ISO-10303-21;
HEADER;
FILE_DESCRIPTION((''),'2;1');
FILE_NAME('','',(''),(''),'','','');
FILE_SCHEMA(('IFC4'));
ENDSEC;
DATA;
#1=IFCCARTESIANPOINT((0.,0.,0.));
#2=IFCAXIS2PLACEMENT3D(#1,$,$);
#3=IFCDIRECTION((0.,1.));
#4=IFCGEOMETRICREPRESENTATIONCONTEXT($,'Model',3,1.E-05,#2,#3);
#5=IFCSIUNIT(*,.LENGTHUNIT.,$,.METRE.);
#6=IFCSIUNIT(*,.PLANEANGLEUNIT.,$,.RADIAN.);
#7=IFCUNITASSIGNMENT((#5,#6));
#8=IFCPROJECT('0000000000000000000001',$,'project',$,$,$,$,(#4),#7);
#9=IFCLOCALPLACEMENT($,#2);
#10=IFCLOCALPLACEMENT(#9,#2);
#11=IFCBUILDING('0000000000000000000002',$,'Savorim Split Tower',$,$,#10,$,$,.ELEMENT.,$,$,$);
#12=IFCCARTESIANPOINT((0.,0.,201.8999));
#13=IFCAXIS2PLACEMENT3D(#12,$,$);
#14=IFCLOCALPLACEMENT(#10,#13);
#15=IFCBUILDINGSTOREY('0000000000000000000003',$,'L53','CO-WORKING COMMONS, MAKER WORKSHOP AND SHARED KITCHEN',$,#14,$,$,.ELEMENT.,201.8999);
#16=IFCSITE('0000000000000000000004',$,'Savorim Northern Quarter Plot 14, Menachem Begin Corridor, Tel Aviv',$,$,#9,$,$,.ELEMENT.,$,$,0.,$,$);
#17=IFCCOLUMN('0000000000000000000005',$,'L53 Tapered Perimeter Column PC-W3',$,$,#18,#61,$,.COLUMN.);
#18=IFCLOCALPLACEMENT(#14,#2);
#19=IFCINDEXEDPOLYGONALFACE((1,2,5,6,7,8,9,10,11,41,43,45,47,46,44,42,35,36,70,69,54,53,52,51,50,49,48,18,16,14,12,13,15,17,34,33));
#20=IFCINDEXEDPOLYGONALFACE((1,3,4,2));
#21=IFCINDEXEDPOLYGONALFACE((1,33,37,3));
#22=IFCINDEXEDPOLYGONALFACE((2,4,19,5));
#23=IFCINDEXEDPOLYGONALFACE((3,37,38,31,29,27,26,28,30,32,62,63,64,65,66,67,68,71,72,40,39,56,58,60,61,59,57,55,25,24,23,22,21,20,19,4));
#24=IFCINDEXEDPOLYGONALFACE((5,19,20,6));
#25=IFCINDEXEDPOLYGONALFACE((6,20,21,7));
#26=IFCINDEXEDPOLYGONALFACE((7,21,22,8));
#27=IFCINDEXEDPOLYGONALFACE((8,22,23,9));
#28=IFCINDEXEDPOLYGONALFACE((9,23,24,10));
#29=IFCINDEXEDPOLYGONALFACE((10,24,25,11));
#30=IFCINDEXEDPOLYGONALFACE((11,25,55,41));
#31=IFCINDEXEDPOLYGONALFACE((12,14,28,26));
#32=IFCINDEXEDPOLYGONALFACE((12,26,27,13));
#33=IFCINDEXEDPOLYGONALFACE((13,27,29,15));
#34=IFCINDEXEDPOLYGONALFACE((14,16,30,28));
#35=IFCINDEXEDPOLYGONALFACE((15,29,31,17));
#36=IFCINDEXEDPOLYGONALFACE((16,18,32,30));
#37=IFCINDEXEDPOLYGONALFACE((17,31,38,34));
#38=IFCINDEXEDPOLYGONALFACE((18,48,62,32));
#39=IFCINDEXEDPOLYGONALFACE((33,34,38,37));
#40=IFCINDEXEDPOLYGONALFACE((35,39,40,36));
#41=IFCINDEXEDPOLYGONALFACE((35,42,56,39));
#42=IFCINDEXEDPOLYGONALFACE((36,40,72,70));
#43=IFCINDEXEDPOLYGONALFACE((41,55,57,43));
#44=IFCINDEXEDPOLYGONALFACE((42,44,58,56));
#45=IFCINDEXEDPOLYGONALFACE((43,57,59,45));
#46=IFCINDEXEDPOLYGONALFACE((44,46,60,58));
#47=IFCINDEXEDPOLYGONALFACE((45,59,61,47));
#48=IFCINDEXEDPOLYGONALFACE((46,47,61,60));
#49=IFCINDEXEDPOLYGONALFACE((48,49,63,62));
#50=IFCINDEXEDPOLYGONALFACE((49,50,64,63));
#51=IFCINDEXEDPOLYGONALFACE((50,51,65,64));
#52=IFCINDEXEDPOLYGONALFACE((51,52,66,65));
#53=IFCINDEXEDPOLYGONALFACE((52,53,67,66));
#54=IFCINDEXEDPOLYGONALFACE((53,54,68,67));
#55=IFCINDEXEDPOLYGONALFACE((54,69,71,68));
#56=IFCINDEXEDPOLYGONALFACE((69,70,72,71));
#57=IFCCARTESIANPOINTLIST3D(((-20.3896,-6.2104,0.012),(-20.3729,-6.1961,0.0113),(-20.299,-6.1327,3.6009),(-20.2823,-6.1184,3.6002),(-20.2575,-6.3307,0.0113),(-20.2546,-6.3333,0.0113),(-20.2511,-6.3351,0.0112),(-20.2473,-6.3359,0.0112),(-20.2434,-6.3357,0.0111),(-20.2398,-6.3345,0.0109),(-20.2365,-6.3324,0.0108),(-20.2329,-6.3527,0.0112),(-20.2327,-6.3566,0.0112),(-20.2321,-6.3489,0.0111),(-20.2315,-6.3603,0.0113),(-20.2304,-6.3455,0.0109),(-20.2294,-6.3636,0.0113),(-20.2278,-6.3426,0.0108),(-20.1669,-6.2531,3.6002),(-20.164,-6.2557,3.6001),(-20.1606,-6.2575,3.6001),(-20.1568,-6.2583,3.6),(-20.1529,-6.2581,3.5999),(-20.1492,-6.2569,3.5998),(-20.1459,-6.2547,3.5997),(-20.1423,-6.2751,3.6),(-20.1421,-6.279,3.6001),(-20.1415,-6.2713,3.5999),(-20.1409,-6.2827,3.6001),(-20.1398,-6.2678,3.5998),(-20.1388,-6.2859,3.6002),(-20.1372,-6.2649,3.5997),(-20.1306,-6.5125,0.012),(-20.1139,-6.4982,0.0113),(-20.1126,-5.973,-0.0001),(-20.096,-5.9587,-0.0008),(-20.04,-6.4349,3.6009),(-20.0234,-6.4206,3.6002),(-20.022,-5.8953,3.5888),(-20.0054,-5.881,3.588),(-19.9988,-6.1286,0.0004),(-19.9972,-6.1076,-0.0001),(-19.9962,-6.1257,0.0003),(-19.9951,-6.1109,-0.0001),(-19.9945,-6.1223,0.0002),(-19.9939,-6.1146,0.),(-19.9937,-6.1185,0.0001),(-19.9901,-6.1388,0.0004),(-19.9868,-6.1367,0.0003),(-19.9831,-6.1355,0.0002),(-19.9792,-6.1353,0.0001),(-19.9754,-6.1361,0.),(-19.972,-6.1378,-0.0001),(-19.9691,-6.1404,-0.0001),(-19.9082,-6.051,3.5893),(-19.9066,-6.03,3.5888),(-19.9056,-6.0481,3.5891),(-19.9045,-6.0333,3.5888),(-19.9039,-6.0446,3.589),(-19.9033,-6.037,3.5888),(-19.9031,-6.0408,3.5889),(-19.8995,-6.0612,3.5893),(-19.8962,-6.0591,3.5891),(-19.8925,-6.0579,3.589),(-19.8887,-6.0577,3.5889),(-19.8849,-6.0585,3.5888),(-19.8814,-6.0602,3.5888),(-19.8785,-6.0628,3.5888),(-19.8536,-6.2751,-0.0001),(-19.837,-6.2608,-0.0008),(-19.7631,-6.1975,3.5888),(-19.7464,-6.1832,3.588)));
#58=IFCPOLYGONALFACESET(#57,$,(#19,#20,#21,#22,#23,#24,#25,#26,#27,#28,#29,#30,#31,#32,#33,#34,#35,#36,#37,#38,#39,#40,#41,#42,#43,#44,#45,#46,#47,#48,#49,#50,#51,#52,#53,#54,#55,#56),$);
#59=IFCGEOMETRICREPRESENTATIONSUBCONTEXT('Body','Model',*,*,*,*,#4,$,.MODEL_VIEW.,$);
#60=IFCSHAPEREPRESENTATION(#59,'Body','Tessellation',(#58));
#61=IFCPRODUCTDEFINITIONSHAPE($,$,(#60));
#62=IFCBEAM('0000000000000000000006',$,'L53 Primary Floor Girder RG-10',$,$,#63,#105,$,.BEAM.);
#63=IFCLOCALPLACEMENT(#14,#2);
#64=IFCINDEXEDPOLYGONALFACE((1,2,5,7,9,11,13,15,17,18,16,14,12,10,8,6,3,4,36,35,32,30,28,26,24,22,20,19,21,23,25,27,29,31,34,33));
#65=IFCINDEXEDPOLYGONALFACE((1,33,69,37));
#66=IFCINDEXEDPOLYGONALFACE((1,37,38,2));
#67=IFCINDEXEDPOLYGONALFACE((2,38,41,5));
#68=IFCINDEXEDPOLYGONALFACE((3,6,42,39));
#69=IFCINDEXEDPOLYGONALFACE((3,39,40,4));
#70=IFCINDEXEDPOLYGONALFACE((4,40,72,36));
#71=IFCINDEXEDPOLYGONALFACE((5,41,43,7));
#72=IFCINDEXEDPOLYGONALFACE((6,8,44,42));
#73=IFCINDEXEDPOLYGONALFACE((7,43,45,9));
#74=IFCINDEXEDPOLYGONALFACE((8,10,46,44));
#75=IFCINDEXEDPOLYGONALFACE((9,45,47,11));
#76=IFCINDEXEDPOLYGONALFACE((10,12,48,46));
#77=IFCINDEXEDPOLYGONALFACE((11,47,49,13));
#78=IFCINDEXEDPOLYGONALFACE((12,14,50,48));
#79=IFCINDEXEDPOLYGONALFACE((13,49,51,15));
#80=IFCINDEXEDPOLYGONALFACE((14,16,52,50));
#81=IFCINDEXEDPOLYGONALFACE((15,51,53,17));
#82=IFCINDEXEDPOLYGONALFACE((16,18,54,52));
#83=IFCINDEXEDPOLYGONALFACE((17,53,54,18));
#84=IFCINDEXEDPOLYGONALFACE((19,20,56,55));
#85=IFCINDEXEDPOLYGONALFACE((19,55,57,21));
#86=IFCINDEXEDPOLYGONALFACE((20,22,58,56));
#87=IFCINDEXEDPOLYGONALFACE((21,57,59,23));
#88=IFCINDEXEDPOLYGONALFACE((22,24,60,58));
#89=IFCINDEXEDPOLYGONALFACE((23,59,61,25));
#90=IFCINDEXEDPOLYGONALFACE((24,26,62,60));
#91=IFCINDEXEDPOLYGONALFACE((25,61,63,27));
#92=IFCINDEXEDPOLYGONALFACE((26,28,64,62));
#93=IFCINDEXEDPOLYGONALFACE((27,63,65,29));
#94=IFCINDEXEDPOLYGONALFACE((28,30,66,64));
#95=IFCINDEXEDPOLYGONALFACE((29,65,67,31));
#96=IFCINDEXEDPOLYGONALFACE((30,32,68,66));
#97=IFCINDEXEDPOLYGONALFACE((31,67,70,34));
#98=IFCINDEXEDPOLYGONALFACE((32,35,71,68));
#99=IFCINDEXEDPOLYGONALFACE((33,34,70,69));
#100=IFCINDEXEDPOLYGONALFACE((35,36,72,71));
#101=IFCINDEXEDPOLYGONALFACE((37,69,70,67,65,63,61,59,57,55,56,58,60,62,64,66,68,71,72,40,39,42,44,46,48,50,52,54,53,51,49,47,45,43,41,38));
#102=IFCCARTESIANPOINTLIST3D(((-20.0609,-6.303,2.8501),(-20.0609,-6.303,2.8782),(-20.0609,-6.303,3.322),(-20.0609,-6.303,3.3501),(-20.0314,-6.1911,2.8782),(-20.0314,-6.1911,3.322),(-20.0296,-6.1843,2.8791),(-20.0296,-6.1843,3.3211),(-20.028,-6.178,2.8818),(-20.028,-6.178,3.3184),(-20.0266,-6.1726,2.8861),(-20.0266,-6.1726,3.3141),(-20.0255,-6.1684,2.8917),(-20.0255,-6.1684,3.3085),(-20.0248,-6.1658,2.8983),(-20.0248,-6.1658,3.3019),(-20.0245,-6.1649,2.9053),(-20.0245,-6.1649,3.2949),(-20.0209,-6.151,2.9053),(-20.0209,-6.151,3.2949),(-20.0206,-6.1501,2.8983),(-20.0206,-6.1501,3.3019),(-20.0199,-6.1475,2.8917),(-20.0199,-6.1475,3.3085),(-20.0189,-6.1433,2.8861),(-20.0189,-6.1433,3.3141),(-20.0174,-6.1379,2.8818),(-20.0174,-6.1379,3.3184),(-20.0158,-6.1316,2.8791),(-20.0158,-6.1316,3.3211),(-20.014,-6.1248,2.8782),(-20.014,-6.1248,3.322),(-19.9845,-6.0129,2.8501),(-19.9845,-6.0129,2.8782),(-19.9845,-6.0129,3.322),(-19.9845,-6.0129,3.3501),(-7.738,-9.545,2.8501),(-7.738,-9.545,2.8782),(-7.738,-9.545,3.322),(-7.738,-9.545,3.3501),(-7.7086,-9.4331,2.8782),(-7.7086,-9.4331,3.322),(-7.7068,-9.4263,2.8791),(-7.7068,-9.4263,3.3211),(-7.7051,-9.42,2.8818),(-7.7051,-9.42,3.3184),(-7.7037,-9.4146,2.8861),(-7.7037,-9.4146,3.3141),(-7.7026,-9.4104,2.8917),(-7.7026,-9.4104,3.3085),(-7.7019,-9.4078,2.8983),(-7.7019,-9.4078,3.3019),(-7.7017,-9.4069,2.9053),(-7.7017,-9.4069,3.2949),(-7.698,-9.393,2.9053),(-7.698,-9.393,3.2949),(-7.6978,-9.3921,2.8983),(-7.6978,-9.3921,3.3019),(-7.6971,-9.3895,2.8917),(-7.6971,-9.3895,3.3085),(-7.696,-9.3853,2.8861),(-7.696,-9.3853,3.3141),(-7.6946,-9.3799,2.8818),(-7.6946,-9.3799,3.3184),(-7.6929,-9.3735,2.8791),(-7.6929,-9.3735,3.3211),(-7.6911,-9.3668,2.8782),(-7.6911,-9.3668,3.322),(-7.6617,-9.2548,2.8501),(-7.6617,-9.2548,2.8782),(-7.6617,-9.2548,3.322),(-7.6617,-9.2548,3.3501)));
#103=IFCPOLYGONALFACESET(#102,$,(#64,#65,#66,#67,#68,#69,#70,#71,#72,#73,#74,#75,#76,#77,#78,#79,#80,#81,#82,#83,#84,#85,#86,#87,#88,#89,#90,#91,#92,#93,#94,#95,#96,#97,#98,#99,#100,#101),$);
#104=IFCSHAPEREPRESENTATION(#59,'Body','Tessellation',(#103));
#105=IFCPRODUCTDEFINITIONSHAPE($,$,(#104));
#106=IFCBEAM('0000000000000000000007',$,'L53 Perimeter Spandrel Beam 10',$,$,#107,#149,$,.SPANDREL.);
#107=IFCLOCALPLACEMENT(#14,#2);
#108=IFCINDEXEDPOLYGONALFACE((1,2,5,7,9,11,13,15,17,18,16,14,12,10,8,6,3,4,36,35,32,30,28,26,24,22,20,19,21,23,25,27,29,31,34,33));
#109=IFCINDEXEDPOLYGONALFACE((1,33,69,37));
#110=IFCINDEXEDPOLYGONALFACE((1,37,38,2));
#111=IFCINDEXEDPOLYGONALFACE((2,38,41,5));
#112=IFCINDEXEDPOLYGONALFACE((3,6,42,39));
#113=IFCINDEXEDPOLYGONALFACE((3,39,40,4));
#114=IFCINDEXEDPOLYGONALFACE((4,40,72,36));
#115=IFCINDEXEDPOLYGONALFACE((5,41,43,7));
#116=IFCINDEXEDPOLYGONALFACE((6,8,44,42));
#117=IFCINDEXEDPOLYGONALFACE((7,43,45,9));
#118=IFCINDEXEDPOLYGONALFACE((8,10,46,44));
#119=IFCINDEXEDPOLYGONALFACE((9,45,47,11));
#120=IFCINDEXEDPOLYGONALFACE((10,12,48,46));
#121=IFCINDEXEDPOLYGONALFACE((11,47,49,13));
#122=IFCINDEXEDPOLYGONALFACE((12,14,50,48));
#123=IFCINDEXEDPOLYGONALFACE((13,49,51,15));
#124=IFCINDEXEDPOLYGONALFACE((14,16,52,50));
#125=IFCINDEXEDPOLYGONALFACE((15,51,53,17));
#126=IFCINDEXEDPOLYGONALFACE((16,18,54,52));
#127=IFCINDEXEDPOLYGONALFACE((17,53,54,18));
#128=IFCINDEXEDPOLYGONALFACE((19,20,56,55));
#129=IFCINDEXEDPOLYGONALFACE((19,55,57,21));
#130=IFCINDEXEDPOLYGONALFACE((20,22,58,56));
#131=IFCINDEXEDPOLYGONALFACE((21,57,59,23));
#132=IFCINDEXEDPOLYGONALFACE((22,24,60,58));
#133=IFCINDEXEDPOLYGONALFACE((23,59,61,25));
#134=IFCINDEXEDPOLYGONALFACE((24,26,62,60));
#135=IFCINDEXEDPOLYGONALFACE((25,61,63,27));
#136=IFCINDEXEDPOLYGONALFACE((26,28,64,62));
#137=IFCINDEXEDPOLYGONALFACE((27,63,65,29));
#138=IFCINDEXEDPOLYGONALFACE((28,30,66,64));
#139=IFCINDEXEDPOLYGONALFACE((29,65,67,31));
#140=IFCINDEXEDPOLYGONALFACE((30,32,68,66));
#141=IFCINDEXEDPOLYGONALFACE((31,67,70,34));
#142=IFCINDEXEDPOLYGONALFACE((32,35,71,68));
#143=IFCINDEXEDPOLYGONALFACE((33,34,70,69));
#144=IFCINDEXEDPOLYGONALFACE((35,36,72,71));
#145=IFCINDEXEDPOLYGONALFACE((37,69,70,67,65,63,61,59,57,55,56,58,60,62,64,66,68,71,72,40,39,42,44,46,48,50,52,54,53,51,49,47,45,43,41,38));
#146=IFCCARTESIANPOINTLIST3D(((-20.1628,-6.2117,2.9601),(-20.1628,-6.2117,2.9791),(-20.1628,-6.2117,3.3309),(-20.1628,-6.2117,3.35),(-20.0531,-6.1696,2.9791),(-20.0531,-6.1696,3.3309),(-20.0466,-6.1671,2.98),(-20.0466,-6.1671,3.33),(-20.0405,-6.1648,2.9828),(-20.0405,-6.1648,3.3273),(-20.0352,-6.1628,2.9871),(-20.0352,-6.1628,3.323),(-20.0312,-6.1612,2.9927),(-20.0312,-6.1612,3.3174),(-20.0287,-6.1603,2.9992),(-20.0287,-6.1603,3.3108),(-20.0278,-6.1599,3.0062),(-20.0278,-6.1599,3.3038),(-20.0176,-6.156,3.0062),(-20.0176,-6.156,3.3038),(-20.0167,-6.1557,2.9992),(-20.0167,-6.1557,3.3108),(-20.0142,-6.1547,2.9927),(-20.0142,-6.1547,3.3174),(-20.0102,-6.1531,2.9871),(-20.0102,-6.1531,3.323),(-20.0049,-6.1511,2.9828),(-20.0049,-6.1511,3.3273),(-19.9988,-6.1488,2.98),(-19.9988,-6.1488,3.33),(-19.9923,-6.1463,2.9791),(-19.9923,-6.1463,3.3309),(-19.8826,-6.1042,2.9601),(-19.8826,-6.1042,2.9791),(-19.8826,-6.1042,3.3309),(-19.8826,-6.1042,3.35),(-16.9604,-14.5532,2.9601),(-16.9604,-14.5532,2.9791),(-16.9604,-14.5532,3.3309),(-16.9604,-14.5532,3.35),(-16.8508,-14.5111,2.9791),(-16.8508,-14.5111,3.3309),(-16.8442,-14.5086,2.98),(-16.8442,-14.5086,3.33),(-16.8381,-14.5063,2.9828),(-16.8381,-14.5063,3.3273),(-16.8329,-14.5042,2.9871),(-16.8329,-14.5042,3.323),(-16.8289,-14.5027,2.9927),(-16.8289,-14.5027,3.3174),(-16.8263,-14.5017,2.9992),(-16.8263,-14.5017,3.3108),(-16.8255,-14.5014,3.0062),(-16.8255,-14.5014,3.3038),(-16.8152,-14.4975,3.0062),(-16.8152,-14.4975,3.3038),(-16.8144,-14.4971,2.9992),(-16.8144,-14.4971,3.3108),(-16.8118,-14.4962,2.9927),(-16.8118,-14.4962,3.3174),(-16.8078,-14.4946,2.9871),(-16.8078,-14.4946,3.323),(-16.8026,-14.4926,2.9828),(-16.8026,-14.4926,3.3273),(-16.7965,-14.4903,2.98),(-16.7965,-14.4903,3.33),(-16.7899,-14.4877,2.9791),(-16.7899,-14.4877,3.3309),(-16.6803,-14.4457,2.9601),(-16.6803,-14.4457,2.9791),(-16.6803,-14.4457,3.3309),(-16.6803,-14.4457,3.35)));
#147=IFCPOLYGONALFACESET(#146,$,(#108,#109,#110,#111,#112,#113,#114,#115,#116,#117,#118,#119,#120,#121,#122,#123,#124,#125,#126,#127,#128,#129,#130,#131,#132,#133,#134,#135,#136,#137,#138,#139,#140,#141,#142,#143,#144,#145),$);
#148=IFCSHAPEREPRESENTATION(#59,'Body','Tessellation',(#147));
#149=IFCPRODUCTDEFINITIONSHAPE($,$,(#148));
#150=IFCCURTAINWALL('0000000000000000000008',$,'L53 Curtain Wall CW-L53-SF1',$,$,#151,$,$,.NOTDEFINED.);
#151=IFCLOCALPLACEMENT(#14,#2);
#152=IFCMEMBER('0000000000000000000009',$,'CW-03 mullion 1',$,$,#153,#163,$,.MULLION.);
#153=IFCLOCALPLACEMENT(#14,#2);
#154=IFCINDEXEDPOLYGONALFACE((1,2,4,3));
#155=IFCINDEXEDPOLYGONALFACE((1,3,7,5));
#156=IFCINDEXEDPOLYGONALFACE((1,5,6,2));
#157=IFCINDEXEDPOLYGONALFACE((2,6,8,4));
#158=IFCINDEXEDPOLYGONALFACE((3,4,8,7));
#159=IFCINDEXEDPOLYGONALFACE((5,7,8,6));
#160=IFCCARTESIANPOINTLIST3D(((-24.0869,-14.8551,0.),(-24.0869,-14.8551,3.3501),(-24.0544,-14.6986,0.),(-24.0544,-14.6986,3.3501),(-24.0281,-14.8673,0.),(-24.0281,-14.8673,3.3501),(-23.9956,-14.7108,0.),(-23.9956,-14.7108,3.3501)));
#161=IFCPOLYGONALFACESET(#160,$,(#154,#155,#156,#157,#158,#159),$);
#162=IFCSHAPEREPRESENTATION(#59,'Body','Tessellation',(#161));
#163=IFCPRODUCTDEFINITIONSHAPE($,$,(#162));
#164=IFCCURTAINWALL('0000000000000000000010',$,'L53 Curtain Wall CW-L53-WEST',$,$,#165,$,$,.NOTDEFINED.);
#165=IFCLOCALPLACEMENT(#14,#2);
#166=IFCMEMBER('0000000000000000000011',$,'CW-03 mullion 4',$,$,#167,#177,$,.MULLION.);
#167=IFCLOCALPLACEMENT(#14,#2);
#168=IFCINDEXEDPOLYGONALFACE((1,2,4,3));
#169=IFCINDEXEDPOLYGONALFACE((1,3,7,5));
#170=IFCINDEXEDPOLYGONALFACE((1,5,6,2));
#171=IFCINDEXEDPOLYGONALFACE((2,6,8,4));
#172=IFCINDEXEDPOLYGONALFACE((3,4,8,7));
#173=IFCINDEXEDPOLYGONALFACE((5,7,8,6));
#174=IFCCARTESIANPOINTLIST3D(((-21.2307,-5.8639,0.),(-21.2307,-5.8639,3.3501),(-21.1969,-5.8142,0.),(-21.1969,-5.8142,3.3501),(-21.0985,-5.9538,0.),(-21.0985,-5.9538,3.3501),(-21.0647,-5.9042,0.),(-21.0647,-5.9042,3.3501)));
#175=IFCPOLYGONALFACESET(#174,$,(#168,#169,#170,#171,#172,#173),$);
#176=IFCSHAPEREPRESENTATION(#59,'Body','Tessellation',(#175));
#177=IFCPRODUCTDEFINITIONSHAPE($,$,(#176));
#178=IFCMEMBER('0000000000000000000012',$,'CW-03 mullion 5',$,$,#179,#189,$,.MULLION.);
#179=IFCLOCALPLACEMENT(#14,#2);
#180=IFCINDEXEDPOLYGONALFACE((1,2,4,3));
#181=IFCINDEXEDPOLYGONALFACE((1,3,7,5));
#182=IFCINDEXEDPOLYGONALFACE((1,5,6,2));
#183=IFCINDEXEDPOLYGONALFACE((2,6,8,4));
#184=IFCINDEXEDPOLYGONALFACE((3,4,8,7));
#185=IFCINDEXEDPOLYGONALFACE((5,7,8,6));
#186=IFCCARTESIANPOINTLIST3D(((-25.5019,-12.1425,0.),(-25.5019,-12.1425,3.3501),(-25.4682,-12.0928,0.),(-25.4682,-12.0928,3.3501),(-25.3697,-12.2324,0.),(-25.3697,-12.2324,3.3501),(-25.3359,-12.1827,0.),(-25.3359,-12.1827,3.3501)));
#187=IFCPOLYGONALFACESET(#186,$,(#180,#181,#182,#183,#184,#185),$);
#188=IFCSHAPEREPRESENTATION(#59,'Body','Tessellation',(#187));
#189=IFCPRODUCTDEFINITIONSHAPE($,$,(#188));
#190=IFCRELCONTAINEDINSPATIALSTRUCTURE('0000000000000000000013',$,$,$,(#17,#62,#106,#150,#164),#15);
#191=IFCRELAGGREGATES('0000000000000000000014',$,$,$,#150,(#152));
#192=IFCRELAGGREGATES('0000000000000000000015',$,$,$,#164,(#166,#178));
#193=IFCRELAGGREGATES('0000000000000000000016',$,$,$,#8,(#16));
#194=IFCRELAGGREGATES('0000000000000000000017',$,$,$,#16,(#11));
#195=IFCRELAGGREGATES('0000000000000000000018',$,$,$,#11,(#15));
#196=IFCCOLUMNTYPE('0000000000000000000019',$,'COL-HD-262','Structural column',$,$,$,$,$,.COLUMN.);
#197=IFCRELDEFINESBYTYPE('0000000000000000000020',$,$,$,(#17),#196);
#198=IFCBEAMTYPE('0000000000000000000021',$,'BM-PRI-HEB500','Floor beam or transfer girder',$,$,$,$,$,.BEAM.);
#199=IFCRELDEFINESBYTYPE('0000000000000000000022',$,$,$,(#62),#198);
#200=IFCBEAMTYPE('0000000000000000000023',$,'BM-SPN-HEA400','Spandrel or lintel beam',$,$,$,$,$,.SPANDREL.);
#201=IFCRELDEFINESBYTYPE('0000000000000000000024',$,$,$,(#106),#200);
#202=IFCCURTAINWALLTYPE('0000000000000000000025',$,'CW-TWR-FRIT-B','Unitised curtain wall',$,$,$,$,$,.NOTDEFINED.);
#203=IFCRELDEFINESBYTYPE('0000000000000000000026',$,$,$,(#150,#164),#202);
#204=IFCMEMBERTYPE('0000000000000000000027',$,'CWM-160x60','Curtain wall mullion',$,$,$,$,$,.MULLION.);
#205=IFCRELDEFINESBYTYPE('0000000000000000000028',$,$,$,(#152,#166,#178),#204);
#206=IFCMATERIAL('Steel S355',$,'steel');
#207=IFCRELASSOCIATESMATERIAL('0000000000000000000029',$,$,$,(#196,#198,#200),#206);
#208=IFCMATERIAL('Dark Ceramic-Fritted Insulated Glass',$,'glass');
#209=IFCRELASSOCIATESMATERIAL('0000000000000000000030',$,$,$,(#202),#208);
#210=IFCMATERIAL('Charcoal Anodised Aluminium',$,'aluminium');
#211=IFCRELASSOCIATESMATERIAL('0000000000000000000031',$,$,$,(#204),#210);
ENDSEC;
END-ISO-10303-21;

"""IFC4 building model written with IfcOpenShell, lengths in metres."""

from ifc_helpers import new_model, si_unit, direction, frame, origin, origin_2d, place, context, subcontext, project, spatial, rectangle, i_section, extrude, material, material_profile, profile_set, type_object, element, aggregate, save


model = new_model("IFC4")

# Units and contexts
model_context = context("Model", 3, precision=1e-05, world=origin(), true_north=direction((0.0, 1.0)))
body_context = subcontext(model_context, "Body", "Model", "MODEL_VIEW")
ifc_project = project(units=[si_unit("LENGTHUNIT", "METRE"), si_unit("PLANEANGLEUNIT", "RADIAN")], contexts=[model_context])

# Site, building, storey
site_placement = place(None, origin())
site = spatial("IfcSite", under=ifc_project, at=site_placement, Name="Savorim Northern Quarter Plot 14, Menachem Begin Corridor, Tel Aviv", CompositionType="ELEMENT", RefElevation=0.0)
building_placement = place(site_placement, origin())
building = spatial("IfcBuilding", under=site, at=building_placement, Name="Savorim Split Tower", CompositionType="ELEMENT")
storey_placement = place(building_placement, frame((0.0, 0.0, 201.8999)))
storey = spatial("IfcBuildingStorey", under=building, at=storey_placement, Name="L53", Description="CO-WORKING COMMONS, MAKER WORKSHOP AND SHARED KITCHEN", CompositionType="ELEMENT", Elevation=201.8999)

# Column
ifc_material_1 = material(Name="Steel S355", Category="steel")
ifc_material_profile_1 = material_profile(ifc_material_1, i_section(OverallWidth=0.3979, OverallDepth=0.387, WebThickness=0.0134, FlangeThickness=0.022, FilletRadius=0.0149, at=origin_2d()), Name="HD 400x262")
ifc_profile_set_1 = profile_set([ifc_material_profile_1], Name="Steel S355")
column_type = type_object("IfcColumnType", Name="COL-HD-262", Description="Structural column", PredefinedType="COLUMN", material=ifc_profile_set_1)
column_placement = place(storey_placement, frame((-20.1133, -6.2356, 0.0056), z_axis=(0.025224, 0.021621, 0.999448), x_axis=(-0.650791, 0.759257, 0.0)))
element("IfcColumn", 1, at=column_placement, inside=storey, type_object=column_type, Name="L53 Tapered Perimeter Column PC-W3", PredefinedType="COLUMN", context=body_context, shape_type="SweptSolid", body=[
    extrude(i_section(OverallWidth=0.3979, OverallDepth=0.387, WebThickness=0.0134, FlangeThickness=0.022, FilletRadius=0.0149, at=origin_2d()), origin(), (0.0, 0.0, 1.0), 3.5908),
])

# Beams
ifc_material_profile_2 = material_profile(ifc_material_1, i_section(OverallWidth=0.3, OverallDepth=0.5, WebThickness=0.0144, FlangeThickness=0.0281, FilletRadius=0.0271, at=origin_2d()), Name="HEB 500")
ifc_profile_set_2 = profile_set([ifc_material_profile_2], Name="Steel S355")
beam_type_1 = type_object("IfcBeamType", Name="BM-PRI-HEB500", Description="Floor beam or transfer girder", PredefinedType="BEAM", material=ifc_profile_set_2)
beam_1_placement = place(storey_placement, frame((-20.0227, -6.158, 3.1001), z_axis=(0.967092, -0.254428, 0.0), x_axis=(0.254428, 0.967092, 0.0)))
element("IfcBeam", 2, at=beam_1_placement, inside=storey, type_object=beam_type_1, Name="L53 Primary Floor Girder RG-10", PredefinedType="BEAM", context=body_context, shape_type="SweptSolid", body=[
    extrude(i_section(OverallWidth=0.3, OverallDepth=0.5, WebThickness=0.0144, FlangeThickness=0.0281, FilletRadius=0.0271, at=origin_2d()), origin(), (0.0, 0.0, 1.0), 12.7422),
])
ifc_material_profile_3 = material_profile(ifc_material_1, i_section(OverallWidth=0.3, OverallDepth=0.3899, WebThickness=0.011, FlangeThickness=0.019, FilletRadius=0.0271, at=origin_2d()), Name="HEA 400")
ifc_profile_set_3 = profile_set([ifc_material_profile_3], Name="Steel S355")
beam_type_2 = type_object("IfcBeamType", Name="BM-SPN-HEA400", Description="Spandrel or lintel beam", PredefinedType="SPANDREL", material=ifc_profile_set_3)
beam_2_placement = place(storey_placement, frame((-20.0227, -6.158, 3.155), z_axis=(0.358404, -0.933567, 0.0), x_axis=(0.933567, 0.358404, 0.0)))
element("IfcBeam", 3, at=beam_2_placement, inside=storey, type_object=beam_type_2, Name="L53 Perimeter Spandrel Beam 10", PredefinedType="SPANDREL", context=body_context, shape_type="SweptSolid", body=[
    extrude(i_section(OverallWidth=0.3, OverallDepth=0.3899, WebThickness=0.011, FlangeThickness=0.019, FilletRadius=0.0271, at=origin_2d()), origin(), (0.0, 0.0, 1.0), 8.9351),
])

# Curtain wall, member
ifc_material_2 = material(Name="Dark Ceramic-Fritted Insulated Glass", Category="glass")
curtain_wall_type = type_object("IfcCurtainWallType", Name="CW-TWR-FRIT-B", Description="Unitised curtain wall", PredefinedType="NOTDEFINED", material=ifc_material_2)
curtain_wall_1_placement = place(storey_placement, origin())
curtain_wall_1 = element("IfcCurtainWall", 4, at=curtain_wall_1_placement, inside=storey, type_object=curtain_wall_type, Name="L53 Curtain Wall CW-L53-SF1", PredefinedType="NOTDEFINED")
ifc_material_3 = material(Name="Charcoal Anodised Aluminium", Category="aluminium")
ifc_material_profile_4 = material_profile(ifc_material_3, rectangle(XDim=0.1599, YDim=0.0601, at=origin_2d()), Name="ALU-M 160x60")
ifc_profile_set_4 = profile_set([ifc_material_profile_4], Name="Charcoal Anodised Aluminium")
member_type_1 = type_object("IfcMemberType", Name="CWM-160x60", Description="Curtain wall mullion", PredefinedType="MULLION", material=ifc_profile_set_4)
member_1_placement = place(storey_placement, frame((-24.0413, -14.783, 0.0), z_axis=(0.0, 0.0, 1.0), x_axis=(0.203208, 0.979136, 0.0)))
member_1 = element("IfcMember", 5, at=member_1_placement, type_object=member_type_1, Name="CW-03 mullion 1", PredefinedType="MULLION", context=body_context, shape_type="SweptSolid", body=[
    extrude(rectangle(XDim=0.1599, YDim=0.0601, at=origin_2d()), origin(), (0.0, 0.0, 1.0), 3.3501),
])

# Curtain wall, members
curtain_wall_2_placement = place(storey_placement, origin())
curtain_wall_2 = element("IfcCurtainWall", 6, at=curtain_wall_2_placement, inside=storey, type_object=curtain_wall_type, Name="L53 Curtain Wall CW-L53-WEST", PredefinedType="NOTDEFINED")
member_2_placement = place(storey_placement, frame((-21.1477, -5.884, 0.0), z_axis=(0.0, 0.0, 1.0), x_axis=(0.826821, -0.562465, 0.0)))
member_2 = element("IfcMember", 7, at=member_2_placement, type_object=member_type_1, Name="CW-03 mullion 4", PredefinedType="MULLION", context=body_context, shape_type="SweptSolid", body=[
    extrude(rectangle(XDim=0.1599, YDim=0.0601, at=origin_2d()), origin(), (0.0, 0.0, 1.0), 3.3501),
])
member_3_placement = place(storey_placement, frame((-25.4189, -12.1626, 0.0), z_axis=(0.0, 0.0, 1.0), x_axis=(0.826821, -0.562465, 0.0)))
member_3 = element("IfcMember", 8, at=member_3_placement, type_object=member_type_1, Name="CW-03 mullion 5", PredefinedType="MULLION", context=body_context, shape_type="SweptSolid", body=[
    extrude(rectangle(XDim=0.1599, YDim=0.0601, at=origin_2d()), origin(), (0.0, 0.0, 1.0), 3.3501),
])

aggregate(curtain_wall_1, [member_1])
aggregate(curtain_wall_2, [member_2, member_3])

save(model, "model.ifc")
